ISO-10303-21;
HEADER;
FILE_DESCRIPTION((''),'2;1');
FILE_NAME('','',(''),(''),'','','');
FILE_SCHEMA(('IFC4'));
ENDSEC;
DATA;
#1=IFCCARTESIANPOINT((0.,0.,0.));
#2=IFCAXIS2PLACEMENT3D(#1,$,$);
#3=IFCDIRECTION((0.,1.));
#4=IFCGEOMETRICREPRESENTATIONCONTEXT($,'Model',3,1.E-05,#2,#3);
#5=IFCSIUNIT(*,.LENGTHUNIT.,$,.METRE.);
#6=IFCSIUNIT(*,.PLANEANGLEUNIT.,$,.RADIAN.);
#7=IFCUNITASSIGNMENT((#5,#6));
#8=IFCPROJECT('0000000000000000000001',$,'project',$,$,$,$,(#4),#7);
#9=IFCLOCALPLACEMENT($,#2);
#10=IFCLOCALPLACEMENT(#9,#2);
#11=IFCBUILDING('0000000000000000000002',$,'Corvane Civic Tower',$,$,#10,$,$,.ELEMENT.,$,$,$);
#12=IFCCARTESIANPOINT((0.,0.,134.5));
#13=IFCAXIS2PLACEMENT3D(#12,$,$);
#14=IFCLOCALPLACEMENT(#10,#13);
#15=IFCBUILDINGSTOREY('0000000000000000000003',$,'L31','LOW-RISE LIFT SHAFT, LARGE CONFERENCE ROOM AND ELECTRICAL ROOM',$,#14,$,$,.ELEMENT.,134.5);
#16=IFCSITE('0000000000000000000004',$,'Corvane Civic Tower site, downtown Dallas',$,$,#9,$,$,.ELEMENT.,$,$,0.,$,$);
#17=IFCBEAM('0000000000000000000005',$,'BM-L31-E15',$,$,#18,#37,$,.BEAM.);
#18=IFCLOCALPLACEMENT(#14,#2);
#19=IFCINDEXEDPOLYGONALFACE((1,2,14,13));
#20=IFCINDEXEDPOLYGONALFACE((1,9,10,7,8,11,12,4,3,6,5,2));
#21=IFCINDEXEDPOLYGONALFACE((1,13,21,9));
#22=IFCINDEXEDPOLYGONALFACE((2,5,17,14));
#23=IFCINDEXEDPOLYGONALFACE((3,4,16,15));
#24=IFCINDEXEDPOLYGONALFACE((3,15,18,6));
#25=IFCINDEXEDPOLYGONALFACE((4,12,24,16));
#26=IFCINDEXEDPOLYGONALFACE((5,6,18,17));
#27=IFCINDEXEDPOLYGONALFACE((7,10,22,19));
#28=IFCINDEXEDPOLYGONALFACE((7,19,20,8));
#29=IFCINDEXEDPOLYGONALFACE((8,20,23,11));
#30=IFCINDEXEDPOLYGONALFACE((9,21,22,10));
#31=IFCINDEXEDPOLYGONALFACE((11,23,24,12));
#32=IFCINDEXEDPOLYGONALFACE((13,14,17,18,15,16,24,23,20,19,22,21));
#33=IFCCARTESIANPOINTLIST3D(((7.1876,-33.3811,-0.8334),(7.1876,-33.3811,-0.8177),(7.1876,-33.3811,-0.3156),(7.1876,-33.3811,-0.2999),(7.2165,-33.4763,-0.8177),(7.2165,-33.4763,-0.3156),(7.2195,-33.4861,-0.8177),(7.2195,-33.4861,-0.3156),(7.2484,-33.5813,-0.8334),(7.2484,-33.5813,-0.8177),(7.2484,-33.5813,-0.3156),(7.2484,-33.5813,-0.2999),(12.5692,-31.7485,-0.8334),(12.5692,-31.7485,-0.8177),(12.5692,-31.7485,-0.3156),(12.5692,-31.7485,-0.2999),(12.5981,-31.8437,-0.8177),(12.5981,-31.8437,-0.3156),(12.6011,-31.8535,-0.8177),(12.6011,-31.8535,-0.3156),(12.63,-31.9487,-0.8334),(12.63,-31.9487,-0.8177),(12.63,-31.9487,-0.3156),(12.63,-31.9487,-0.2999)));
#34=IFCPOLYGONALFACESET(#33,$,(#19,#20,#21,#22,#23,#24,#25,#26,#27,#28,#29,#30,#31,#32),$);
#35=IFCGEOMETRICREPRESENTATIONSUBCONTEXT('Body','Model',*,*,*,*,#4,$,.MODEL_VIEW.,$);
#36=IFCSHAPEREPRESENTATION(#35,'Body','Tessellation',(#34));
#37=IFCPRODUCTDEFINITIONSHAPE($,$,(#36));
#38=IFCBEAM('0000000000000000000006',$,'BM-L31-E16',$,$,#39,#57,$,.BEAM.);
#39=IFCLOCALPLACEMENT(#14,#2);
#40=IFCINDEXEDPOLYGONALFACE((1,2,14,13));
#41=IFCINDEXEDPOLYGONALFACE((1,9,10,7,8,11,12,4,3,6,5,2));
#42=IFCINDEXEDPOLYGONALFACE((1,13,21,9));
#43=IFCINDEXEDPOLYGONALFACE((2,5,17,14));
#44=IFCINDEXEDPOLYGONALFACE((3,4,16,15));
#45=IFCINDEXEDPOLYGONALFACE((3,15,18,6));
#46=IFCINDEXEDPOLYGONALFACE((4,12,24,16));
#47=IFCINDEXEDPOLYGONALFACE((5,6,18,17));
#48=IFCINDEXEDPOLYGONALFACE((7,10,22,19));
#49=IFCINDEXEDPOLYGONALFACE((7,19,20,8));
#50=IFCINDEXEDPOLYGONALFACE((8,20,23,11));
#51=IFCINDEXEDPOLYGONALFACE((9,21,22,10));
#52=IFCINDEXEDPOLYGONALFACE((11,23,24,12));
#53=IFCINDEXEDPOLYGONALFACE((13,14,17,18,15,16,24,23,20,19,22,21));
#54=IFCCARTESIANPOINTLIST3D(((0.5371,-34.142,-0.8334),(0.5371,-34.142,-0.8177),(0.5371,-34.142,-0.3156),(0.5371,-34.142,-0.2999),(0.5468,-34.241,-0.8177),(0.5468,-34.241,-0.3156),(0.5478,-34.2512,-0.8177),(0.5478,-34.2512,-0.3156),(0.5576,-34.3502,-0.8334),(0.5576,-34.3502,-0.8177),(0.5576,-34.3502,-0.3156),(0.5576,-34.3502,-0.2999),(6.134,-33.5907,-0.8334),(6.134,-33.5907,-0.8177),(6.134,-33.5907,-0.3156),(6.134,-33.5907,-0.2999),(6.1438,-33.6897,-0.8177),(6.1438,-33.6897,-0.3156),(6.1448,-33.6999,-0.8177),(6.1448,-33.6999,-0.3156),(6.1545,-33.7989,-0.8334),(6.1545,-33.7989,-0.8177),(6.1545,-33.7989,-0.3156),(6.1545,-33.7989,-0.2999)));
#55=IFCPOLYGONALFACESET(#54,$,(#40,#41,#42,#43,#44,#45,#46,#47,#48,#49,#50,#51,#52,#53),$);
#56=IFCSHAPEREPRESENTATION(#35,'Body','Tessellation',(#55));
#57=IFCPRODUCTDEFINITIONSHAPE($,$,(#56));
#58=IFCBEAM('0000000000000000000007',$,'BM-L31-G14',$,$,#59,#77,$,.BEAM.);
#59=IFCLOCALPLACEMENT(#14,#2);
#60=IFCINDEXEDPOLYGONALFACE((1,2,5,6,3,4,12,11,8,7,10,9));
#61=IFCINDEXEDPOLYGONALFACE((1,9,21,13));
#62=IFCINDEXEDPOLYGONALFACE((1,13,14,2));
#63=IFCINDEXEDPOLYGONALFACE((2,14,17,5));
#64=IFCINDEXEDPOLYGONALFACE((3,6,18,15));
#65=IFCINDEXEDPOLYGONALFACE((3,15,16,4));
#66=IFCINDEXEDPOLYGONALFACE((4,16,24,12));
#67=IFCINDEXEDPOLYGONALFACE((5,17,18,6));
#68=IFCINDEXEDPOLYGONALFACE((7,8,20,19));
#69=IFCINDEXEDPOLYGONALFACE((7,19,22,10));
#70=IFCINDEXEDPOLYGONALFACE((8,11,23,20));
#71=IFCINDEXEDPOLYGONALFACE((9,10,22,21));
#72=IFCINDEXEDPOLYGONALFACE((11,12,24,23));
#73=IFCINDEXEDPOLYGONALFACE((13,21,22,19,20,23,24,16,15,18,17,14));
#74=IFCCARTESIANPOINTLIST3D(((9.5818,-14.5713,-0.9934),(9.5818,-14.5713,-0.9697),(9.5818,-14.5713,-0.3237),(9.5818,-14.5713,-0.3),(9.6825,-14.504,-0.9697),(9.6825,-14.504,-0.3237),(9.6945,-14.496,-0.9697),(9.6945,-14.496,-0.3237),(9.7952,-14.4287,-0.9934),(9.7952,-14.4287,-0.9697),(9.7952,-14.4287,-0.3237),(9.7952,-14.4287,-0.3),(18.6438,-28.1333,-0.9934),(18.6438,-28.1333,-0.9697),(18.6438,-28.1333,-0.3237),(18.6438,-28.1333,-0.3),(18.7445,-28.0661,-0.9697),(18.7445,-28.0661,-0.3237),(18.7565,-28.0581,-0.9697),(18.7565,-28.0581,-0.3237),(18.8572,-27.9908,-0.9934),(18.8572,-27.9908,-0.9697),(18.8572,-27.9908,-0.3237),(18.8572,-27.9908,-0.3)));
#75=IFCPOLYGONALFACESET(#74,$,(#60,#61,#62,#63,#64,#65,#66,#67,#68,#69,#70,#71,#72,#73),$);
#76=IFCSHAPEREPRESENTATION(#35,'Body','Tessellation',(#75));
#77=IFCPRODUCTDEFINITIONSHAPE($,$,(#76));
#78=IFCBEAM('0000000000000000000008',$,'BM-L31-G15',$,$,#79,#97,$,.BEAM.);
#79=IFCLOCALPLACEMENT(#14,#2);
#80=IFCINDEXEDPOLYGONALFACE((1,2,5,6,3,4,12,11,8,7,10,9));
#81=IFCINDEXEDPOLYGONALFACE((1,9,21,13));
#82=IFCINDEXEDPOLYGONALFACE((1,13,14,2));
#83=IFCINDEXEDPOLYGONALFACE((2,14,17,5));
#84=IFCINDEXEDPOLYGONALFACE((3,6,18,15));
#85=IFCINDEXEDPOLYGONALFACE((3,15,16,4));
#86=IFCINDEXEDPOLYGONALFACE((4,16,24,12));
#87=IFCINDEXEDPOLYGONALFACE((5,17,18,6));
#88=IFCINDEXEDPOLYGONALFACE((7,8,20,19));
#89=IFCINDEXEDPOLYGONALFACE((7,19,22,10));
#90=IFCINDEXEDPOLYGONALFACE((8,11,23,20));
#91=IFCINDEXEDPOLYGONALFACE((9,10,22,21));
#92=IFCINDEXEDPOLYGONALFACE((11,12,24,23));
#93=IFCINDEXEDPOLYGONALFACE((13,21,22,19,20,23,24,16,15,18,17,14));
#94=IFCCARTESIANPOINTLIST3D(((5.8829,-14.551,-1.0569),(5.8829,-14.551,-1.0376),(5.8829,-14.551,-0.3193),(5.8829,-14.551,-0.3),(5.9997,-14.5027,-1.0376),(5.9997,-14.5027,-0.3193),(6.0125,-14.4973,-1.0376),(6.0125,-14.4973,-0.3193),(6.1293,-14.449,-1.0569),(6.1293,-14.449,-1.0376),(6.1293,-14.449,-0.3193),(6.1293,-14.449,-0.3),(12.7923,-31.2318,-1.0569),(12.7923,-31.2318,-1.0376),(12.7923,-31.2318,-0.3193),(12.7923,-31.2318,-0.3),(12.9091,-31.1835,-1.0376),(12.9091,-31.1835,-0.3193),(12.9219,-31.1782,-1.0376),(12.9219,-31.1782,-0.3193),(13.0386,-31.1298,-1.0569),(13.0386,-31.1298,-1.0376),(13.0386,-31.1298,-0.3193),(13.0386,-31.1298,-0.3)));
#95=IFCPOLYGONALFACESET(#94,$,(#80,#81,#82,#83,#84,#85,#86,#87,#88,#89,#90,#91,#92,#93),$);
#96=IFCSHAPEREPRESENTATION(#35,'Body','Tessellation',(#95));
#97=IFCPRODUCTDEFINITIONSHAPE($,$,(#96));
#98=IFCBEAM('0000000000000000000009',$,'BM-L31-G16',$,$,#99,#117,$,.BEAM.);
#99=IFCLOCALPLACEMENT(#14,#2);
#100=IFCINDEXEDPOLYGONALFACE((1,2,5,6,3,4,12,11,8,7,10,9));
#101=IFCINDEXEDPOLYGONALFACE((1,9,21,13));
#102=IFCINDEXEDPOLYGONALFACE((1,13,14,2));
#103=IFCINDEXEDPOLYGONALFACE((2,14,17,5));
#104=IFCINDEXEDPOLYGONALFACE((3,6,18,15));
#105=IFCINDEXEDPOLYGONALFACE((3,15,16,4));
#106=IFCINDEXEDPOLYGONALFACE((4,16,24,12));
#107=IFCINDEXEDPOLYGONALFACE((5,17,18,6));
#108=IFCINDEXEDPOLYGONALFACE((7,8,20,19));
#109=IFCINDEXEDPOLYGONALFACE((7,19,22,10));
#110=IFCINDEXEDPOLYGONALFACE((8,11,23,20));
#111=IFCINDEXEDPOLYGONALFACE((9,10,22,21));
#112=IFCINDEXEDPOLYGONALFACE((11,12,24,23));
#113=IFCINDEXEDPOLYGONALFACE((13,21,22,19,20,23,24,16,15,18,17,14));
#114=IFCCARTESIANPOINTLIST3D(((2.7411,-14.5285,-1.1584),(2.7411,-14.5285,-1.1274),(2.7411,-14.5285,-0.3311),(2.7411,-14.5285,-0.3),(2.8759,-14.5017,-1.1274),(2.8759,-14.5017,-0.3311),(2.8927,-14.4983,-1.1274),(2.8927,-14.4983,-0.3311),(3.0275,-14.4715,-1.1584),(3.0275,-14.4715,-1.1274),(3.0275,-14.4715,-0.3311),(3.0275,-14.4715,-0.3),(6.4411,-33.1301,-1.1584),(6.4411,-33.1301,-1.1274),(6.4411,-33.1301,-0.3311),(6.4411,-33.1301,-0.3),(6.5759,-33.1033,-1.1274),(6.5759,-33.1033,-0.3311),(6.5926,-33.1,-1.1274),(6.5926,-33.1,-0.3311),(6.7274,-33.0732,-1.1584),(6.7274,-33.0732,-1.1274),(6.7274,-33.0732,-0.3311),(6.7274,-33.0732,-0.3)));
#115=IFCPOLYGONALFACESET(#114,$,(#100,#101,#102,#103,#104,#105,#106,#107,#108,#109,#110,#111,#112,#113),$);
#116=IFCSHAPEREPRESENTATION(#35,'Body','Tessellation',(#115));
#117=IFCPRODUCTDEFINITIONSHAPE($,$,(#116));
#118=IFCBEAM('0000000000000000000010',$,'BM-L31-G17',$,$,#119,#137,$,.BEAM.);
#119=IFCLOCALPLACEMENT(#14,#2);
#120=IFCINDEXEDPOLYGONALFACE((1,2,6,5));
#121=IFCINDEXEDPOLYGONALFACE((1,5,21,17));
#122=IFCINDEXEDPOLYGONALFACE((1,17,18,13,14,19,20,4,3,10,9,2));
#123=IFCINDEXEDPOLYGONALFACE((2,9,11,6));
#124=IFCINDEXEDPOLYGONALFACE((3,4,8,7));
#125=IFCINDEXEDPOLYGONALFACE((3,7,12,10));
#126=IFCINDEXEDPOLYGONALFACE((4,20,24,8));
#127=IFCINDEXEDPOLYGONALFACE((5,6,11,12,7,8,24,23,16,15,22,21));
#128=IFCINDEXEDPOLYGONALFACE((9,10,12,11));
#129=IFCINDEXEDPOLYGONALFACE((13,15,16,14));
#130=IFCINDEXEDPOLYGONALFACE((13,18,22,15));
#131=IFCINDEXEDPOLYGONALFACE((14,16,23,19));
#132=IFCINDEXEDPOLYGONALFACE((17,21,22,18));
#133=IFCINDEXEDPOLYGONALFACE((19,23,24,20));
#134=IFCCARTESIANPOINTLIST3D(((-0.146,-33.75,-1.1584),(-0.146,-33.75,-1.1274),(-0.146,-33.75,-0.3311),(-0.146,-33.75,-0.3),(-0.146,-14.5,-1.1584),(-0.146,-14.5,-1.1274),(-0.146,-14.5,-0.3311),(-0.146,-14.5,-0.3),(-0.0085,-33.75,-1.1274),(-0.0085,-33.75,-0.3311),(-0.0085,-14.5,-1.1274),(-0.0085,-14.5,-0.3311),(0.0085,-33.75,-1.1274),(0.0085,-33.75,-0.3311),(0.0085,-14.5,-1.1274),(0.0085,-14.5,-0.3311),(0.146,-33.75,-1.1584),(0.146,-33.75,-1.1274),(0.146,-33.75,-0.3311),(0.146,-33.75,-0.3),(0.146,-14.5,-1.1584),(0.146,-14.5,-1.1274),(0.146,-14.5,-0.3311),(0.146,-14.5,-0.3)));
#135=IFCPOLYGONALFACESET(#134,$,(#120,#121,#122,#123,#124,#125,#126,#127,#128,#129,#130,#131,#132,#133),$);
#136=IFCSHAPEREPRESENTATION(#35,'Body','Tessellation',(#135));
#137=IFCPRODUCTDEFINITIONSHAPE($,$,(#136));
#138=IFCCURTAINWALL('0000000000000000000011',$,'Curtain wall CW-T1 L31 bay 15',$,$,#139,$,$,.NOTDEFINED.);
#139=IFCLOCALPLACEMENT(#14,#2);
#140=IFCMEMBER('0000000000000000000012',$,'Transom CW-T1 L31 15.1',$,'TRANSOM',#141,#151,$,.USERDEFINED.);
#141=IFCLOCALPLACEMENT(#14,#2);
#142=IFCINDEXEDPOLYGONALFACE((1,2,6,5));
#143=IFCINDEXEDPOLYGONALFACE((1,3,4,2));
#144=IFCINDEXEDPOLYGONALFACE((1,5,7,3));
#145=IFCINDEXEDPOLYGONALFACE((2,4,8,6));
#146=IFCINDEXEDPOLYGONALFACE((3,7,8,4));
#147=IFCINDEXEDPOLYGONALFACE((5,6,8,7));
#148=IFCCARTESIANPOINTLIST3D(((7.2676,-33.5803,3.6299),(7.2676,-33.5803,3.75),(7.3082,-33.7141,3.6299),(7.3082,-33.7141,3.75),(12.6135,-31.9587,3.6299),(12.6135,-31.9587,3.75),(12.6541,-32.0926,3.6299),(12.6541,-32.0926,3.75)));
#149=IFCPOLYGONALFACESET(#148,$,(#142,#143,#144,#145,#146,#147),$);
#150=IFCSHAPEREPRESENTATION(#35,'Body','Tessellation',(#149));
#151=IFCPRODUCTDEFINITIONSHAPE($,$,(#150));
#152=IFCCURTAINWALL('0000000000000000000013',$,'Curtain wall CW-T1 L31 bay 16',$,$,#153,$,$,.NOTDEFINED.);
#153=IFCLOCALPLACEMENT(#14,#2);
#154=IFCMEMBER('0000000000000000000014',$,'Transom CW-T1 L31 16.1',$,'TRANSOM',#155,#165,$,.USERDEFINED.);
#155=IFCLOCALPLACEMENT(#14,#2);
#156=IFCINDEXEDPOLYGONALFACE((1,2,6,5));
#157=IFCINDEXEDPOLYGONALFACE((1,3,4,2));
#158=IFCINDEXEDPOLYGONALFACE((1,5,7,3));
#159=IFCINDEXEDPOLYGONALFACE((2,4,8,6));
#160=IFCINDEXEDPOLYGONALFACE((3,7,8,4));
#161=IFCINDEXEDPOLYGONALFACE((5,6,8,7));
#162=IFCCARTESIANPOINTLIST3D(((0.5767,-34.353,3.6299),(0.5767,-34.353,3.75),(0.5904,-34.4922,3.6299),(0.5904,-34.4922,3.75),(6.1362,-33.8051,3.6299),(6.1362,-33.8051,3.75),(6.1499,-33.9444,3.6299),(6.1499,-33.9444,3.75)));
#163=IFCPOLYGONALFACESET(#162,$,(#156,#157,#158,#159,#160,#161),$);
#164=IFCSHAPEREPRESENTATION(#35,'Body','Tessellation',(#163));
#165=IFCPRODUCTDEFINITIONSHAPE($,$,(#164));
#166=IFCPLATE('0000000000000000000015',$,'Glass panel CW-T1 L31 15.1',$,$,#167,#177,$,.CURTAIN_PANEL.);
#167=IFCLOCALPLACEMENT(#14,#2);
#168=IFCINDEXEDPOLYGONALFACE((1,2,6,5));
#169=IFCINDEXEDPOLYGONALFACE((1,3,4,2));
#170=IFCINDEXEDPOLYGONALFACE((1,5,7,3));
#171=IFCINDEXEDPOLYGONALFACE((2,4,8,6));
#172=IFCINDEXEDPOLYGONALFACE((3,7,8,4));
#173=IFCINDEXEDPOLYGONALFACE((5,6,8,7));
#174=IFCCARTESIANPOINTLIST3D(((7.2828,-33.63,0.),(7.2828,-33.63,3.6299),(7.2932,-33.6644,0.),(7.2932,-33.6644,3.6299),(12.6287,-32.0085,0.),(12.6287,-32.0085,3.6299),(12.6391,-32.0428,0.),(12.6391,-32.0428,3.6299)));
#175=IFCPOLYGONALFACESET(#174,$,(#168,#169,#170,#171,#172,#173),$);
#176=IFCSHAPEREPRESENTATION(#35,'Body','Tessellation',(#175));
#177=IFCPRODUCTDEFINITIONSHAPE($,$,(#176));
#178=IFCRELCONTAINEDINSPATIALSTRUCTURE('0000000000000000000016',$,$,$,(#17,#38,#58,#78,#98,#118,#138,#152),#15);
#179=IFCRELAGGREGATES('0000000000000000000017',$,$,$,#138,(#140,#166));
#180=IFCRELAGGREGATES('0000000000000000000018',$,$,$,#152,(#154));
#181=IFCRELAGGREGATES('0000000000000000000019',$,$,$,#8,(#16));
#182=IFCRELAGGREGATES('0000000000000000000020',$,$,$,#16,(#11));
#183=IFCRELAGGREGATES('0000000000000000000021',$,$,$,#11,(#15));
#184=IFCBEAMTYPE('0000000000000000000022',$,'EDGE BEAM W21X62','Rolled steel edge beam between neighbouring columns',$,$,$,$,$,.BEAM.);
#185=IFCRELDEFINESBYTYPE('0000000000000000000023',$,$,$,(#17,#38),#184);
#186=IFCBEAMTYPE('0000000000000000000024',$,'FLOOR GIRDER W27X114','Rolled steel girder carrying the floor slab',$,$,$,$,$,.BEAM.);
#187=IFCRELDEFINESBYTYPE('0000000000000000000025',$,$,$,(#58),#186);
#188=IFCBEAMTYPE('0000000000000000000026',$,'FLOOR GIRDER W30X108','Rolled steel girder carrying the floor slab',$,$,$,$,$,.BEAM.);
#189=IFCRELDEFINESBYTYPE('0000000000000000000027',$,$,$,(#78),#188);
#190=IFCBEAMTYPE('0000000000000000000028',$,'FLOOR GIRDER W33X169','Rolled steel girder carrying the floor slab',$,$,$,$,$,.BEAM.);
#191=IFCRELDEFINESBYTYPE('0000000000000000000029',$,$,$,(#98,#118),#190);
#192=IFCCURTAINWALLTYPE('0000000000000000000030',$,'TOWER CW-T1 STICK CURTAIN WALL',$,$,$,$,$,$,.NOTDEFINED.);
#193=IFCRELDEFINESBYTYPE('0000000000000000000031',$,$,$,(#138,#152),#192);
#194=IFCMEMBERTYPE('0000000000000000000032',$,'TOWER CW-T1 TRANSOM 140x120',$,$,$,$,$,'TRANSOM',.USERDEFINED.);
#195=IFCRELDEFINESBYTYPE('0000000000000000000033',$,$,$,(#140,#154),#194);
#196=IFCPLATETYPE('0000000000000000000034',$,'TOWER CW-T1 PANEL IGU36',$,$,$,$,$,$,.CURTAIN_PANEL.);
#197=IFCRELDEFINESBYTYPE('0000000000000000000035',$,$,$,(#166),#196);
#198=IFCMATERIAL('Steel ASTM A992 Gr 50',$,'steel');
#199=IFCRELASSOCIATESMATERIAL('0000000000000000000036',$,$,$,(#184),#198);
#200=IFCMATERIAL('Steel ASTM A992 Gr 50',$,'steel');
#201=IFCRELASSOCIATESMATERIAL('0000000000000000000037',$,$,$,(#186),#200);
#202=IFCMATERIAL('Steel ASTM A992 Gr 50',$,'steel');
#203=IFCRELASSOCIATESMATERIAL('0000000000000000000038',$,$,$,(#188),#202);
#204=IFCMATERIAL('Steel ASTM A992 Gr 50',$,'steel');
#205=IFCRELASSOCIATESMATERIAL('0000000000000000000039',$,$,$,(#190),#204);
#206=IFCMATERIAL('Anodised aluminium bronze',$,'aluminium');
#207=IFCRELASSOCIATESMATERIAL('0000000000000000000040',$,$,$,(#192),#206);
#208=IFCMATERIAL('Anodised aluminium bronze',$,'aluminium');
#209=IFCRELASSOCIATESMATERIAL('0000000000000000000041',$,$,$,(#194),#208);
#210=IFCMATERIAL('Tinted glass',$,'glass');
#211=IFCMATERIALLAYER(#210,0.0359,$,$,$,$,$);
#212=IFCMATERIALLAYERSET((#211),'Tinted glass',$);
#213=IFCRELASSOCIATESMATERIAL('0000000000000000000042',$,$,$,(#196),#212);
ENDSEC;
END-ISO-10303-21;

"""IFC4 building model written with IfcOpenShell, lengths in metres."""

from ifc_helpers import new_model, si_unit, direction, frame, origin, origin_2d, place, context, subcontext, project, spatial, rectangle, i_section, extrude, material, layer, layer_set, material_profile, profile_set, type_object, element, aggregate, save


model = new_model("IFC4")

# Units and contexts
model_context = context("Model", 3, precision=1e-05, world=origin(), true_north=direction((0.0, 1.0)))
body_context = subcontext(model_context, "Body", "Model", "MODEL_VIEW")
ifc_project = project(units=[si_unit("LENGTHUNIT", "METRE"), si_unit("PLANEANGLEUNIT", "RADIAN")], contexts=[model_context])

# Site, building, storey
site_placement = place(None, origin())
site = spatial("IfcSite", under=ifc_project, at=site_placement, Name="Corvane Civic Tower site, downtown Dallas", CompositionType="ELEMENT", RefElevation=0.0)
building_placement = place(site_placement, origin())
building = spatial("IfcBuilding", under=site, at=building_placement, Name="Corvane Civic Tower", CompositionType="ELEMENT")
storey_placement = place(building_placement, frame((0.0, 0.0, 134.5)))
storey = spatial("IfcBuildingStorey", under=building, at=storey_placement, Name="L31", Description="LOW-RISE LIFT SHAFT, LARGE CONFERENCE ROOM AND ELECTRICAL ROOM", CompositionType="ELEMENT", Elevation=134.5)

# Beams
ifc_material_1 = material(Name="Steel ASTM A992 Gr 50", Category="steel")
ifc_material_profile_1 = material_profile(ifc_material_1, i_section(OverallWidth=0.2092, OverallDepth=0.5334, WebThickness=0.0103, FlangeThickness=0.0156, at=origin_2d()), Name="W21X62")
ifc_profile_set_1 = profile_set([ifc_material_profile_1], Name="Steel ASTM A992 Gr 50")
beam_type_1 = type_object("IfcBeamType", Name="EDGE BEAM W21X62", Description="Rolled steel edge beam between neighbouring columns", PredefinedType="BEAM", material=ifc_profile_set_1)
beam_1_placement = place(storey_placement, frame((12.5996, -31.8486, -0.5667), z_axis=(-0.956936, -0.290298, 0.0), x_axis=(0.290298, -0.956936, 0.0)))
element("IfcBeam", 1, at=beam_1_placement, inside=storey, type_object=beam_type_1, Name="BM-L31-E15", PredefinedType="BEAM", context=body_context, shape_type="SweptSolid", body=[
    extrude(i_section(OverallWidth=0.2092, OverallDepth=0.5334, WebThickness=0.0103, FlangeThickness=0.0156, at=origin_2d()), origin(), (0.0, 0.0, 1.0), 5.6238),
])
beam_2_placement = place(storey_placement, frame((6.1443, -33.6948, -0.5667), z_axis=(-0.995184, -0.098021, 0.0), x_axis=(0.098021, -0.995184, 0.0)))
element("IfcBeam", 2, at=beam_2_placement, inside=storey, type_object=beam_type_1, Name="BM-L31-E16", PredefinedType="BEAM", context=body_context, shape_type="SweptSolid", body=[
    extrude(i_section(OverallWidth=0.2092, OverallDepth=0.5334, WebThickness=0.0103, FlangeThickness=0.0156, at=origin_2d()), origin(), (0.0, 0.0, 1.0), 5.624),
])
ifc_material_2 = material(Name="Steel ASTM A992 Gr 50", Category="steel")
ifc_material_profile_2 = material_profile(ifc_material_2, i_section(OverallWidth=0.2566, OverallDepth=0.6934, WebThickness=0.0144, FlangeThickness=0.0237, at=origin_2d()), Name="W27X114")
ifc_profile_set_2 = profile_set([ifc_material_profile_2], Name="Steel ASTM A992 Gr 50")
beam_type_2 = type_object("IfcBeamType", Name="FLOOR GIRDER W27X114", Description="Rolled steel girder carrying the floor slab", PredefinedType="BEAM", material=ifc_profile_set_2)
beam_3_placement = place(storey_placement, frame((9.6885, -14.5, -0.6467), z_axis=(0.555577, -0.831465, 0.0), x_axis=(0.831465, 0.555577, 0.0)))
element("IfcBeam", 3, at=beam_3_placement, inside=storey, type_object=beam_type_2, Name="BM-L31-G14", PredefinedType="BEAM", context=body_context, shape_type="SweptSolid", body=[
    extrude(i_section(OverallWidth=0.2566, OverallDepth=0.6934, WebThickness=0.0144, FlangeThickness=0.0237, at=origin_2d()), origin(), (0.0, 0.0, 1.0), 16.311),
])
ifc_material_3 = material(Name="Steel ASTM A992 Gr 50", Category="steel")
ifc_material_profile_3 = material_profile(ifc_material_3, i_section(OverallWidth=0.2666, OverallDepth=0.7568, WebThickness=0.0139, FlangeThickness=0.0193, at=origin_2d()), Name="W30X108")
ifc_profile_set_3 = profile_set([ifc_material_profile_3], Name="Steel ASTM A992 Gr 50")
beam_type_3 = type_object("IfcBeamType", Name="FLOOR GIRDER W30X108", Description="Rolled steel girder carrying the floor slab", PredefinedType="BEAM", material=ifc_profile_set_3)
beam_4_placement = place(storey_placement, frame((6.0061, -14.5, -0.6785), z_axis=(0.382682, -0.92388, 0.0), x_axis=(0.92388, 0.382682, 0.0)))
element("IfcBeam", 4, at=beam_4_placement, inside=storey, type_object=beam_type_3, Name="BM-L31-G15", PredefinedType="BEAM", context=body_context, shape_type="SweptSolid", body=[
    extrude(i_section(OverallWidth=0.2666, OverallDepth=0.7568, WebThickness=0.0139, FlangeThickness=0.0193, at=origin_2d()), origin(), (0.0, 0.0, 1.0), 18.0552),
])
ifc_material_4 = material(Name="Steel ASTM A992 Gr 50", Category="steel")
ifc_material_profile_4 = material_profile(ifc_material_4, i_section(OverallWidth=0.292, OverallDepth=0.8584, WebThickness=0.0171, FlangeThickness=0.031, at=origin_2d()), Name="W33X169")
ifc_profile_set_4 = profile_set([ifc_material_profile_4], Name="Steel ASTM A992 Gr 50")
beam_type_4 = type_object("IfcBeamType", Name="FLOOR GIRDER W33X169", Description="Rolled steel girder carrying the floor slab", PredefinedType="BEAM", material=ifc_profile_set_4)
beam_5_placement = place(storey_placement, frame((2.8843, -14.5, -0.7292), z_axis=(0.195084, -0.980787, 0.0), x_axis=(0.980787, 0.195084, 0.0)))
element("IfcBeam", 5, at=beam_5_placement, inside=storey, type_object=beam_type_4, Name="BM-L31-G16", PredefinedType="BEAM", context=body_context, shape_type="SweptSolid", body=[
    extrude(i_section(OverallWidth=0.292, OverallDepth=0.8584, WebThickness=0.0171, FlangeThickness=0.031, at=origin_2d()), origin(), (0.0, 0.0, 1.0), 18.9661),
])
beam_6_placement = place(storey_placement, frame((0.0, -14.5, -0.7292), z_axis=(0.0, -1.0, 0.0), x_axis=(1.0, 0.0, 0.0)))
element("IfcBeam", 6, at=beam_6_placement, inside=storey, type_object=beam_type_4, Name="BM-L31-G17", PredefinedType="BEAM", context=body_context, shape_type="SweptSolid", body=[
    extrude(i_section(OverallWidth=0.292, OverallDepth=0.8584, WebThickness=0.0171, FlangeThickness=0.031, at=origin_2d()), origin(), (0.0, 0.0, 1.0), 19.25),
])

# Curtain walls, members
ifc_material_5 = material(Name="Anodised aluminium bronze", Category="aluminium")
curtain_wall_type = type_object("IfcCurtainWallType", Name="TOWER CW-T1 STICK CURTAIN WALL", PredefinedType="NOTDEFINED", material=ifc_material_5)
curtain_wall_1_placement = place(storey_placement, origin())
curtain_wall_1 = element("IfcCurtainWall", 7, at=curtain_wall_1_placement, inside=storey, type_object=curtain_wall_type, Name="Curtain wall CW-T1 L31 bay 15", PredefinedType="NOTDEFINED")
ifc_material_6 = material(Name="Anodised aluminium bronze", Category="aluminium")
ifc_material_profile_5 = material_profile(ifc_material_6, rectangle(XDim=0.1399, YDim=0.1201, at=origin_2d()), Name="TOWER CW-T1 TRANSOM 140x120")
ifc_profile_set_5 = profile_set([ifc_material_profile_5], Name="Anodised aluminium bronze")
member_type = type_object("IfcMemberType", Name="TOWER CW-T1 TRANSOM 140x120", ElementType="TRANSOM", PredefinedType="USERDEFINED", material=ifc_profile_set_5)
member_1_placement = place(storey_placement, frame((12.6338, -32.0256, 3.6899), z_axis=(-0.956945, -0.290269, 0.0), x_axis=(0.290269, -0.956945, 0.0)))
member_1 = element("IfcMember", 8, at=member_1_placement, type_object=member_type, Name="Transom CW-T1 L31 15.1", ObjectType="TRANSOM", PredefinedType="USERDEFINED", context=body_context, shape_type="SweptSolid", body=[
    extrude(rectangle(XDim=0.1399, YDim=0.1201, at=origin_2d()), origin(), (0.0, 0.0, 1.0), 5.5864),
])
curtain_wall_2_placement = place(storey_placement, origin())
curtain_wall_2 = element("IfcCurtainWall", 9, at=curtain_wall_2_placement, inside=storey, type_object=curtain_wall_type, Name="Curtain wall CW-T1 L31 bay 16", PredefinedType="NOTDEFINED")
member_2_placement = place(storey_placement, frame((6.1431, -33.8748, 3.6899), z_axis=(-0.99518, -0.098067, 0.0), x_axis=(0.098067, -0.99518, 0.0)))
member_2 = element("IfcMember", 10, at=member_2_placement, type_object=member_type, Name="Transom CW-T1 L31 16.1", ObjectType="TRANSOM", PredefinedType="USERDEFINED", context=body_context, shape_type="SweptSolid", body=[
    extrude(rectangle(XDim=0.1399, YDim=0.1201, at=origin_2d()), origin(), (0.0, 0.0, 1.0), 5.5864),
])

# Plate
ifc_material_7 = material(Name="Tinted glass", Category="glass")
ifc_layer_1 = layer(ifc_material_7, 0.0359)
ifc_layer_set_1 = layer_set([ifc_layer_1], Name="Tinted glass")
plate_type = type_object("IfcPlateType", Name="TOWER CW-T1 PANEL IGU36", PredefinedType="CURTAIN_PANEL", material=ifc_layer_set_1)
plate_1_placement = place(storey_placement, frame((9.9609, -32.8364, 0.0), z_axis=(0.0, 0.0, 1.0), x_axis=(-0.956946, -0.290266, 0.0)))
plate_1 = element("IfcPlate", 11, at=plate_1_placement, type_object=plate_type, Name="Glass panel CW-T1 L31 15.1", PredefinedType="CURTAIN_PANEL", context=body_context, shape_type="SweptSolid", body=[
    extrude(rectangle(XDim=5.5864, YDim=0.0359, at=origin_2d()), origin(), (0.0, 0.0, 1.0), 3.6299),
])
aggregate(curtain_wall_1, [member_1, plate_1])
aggregate(curtain_wall_2, [member_2])

save(model, "model.ifc")
